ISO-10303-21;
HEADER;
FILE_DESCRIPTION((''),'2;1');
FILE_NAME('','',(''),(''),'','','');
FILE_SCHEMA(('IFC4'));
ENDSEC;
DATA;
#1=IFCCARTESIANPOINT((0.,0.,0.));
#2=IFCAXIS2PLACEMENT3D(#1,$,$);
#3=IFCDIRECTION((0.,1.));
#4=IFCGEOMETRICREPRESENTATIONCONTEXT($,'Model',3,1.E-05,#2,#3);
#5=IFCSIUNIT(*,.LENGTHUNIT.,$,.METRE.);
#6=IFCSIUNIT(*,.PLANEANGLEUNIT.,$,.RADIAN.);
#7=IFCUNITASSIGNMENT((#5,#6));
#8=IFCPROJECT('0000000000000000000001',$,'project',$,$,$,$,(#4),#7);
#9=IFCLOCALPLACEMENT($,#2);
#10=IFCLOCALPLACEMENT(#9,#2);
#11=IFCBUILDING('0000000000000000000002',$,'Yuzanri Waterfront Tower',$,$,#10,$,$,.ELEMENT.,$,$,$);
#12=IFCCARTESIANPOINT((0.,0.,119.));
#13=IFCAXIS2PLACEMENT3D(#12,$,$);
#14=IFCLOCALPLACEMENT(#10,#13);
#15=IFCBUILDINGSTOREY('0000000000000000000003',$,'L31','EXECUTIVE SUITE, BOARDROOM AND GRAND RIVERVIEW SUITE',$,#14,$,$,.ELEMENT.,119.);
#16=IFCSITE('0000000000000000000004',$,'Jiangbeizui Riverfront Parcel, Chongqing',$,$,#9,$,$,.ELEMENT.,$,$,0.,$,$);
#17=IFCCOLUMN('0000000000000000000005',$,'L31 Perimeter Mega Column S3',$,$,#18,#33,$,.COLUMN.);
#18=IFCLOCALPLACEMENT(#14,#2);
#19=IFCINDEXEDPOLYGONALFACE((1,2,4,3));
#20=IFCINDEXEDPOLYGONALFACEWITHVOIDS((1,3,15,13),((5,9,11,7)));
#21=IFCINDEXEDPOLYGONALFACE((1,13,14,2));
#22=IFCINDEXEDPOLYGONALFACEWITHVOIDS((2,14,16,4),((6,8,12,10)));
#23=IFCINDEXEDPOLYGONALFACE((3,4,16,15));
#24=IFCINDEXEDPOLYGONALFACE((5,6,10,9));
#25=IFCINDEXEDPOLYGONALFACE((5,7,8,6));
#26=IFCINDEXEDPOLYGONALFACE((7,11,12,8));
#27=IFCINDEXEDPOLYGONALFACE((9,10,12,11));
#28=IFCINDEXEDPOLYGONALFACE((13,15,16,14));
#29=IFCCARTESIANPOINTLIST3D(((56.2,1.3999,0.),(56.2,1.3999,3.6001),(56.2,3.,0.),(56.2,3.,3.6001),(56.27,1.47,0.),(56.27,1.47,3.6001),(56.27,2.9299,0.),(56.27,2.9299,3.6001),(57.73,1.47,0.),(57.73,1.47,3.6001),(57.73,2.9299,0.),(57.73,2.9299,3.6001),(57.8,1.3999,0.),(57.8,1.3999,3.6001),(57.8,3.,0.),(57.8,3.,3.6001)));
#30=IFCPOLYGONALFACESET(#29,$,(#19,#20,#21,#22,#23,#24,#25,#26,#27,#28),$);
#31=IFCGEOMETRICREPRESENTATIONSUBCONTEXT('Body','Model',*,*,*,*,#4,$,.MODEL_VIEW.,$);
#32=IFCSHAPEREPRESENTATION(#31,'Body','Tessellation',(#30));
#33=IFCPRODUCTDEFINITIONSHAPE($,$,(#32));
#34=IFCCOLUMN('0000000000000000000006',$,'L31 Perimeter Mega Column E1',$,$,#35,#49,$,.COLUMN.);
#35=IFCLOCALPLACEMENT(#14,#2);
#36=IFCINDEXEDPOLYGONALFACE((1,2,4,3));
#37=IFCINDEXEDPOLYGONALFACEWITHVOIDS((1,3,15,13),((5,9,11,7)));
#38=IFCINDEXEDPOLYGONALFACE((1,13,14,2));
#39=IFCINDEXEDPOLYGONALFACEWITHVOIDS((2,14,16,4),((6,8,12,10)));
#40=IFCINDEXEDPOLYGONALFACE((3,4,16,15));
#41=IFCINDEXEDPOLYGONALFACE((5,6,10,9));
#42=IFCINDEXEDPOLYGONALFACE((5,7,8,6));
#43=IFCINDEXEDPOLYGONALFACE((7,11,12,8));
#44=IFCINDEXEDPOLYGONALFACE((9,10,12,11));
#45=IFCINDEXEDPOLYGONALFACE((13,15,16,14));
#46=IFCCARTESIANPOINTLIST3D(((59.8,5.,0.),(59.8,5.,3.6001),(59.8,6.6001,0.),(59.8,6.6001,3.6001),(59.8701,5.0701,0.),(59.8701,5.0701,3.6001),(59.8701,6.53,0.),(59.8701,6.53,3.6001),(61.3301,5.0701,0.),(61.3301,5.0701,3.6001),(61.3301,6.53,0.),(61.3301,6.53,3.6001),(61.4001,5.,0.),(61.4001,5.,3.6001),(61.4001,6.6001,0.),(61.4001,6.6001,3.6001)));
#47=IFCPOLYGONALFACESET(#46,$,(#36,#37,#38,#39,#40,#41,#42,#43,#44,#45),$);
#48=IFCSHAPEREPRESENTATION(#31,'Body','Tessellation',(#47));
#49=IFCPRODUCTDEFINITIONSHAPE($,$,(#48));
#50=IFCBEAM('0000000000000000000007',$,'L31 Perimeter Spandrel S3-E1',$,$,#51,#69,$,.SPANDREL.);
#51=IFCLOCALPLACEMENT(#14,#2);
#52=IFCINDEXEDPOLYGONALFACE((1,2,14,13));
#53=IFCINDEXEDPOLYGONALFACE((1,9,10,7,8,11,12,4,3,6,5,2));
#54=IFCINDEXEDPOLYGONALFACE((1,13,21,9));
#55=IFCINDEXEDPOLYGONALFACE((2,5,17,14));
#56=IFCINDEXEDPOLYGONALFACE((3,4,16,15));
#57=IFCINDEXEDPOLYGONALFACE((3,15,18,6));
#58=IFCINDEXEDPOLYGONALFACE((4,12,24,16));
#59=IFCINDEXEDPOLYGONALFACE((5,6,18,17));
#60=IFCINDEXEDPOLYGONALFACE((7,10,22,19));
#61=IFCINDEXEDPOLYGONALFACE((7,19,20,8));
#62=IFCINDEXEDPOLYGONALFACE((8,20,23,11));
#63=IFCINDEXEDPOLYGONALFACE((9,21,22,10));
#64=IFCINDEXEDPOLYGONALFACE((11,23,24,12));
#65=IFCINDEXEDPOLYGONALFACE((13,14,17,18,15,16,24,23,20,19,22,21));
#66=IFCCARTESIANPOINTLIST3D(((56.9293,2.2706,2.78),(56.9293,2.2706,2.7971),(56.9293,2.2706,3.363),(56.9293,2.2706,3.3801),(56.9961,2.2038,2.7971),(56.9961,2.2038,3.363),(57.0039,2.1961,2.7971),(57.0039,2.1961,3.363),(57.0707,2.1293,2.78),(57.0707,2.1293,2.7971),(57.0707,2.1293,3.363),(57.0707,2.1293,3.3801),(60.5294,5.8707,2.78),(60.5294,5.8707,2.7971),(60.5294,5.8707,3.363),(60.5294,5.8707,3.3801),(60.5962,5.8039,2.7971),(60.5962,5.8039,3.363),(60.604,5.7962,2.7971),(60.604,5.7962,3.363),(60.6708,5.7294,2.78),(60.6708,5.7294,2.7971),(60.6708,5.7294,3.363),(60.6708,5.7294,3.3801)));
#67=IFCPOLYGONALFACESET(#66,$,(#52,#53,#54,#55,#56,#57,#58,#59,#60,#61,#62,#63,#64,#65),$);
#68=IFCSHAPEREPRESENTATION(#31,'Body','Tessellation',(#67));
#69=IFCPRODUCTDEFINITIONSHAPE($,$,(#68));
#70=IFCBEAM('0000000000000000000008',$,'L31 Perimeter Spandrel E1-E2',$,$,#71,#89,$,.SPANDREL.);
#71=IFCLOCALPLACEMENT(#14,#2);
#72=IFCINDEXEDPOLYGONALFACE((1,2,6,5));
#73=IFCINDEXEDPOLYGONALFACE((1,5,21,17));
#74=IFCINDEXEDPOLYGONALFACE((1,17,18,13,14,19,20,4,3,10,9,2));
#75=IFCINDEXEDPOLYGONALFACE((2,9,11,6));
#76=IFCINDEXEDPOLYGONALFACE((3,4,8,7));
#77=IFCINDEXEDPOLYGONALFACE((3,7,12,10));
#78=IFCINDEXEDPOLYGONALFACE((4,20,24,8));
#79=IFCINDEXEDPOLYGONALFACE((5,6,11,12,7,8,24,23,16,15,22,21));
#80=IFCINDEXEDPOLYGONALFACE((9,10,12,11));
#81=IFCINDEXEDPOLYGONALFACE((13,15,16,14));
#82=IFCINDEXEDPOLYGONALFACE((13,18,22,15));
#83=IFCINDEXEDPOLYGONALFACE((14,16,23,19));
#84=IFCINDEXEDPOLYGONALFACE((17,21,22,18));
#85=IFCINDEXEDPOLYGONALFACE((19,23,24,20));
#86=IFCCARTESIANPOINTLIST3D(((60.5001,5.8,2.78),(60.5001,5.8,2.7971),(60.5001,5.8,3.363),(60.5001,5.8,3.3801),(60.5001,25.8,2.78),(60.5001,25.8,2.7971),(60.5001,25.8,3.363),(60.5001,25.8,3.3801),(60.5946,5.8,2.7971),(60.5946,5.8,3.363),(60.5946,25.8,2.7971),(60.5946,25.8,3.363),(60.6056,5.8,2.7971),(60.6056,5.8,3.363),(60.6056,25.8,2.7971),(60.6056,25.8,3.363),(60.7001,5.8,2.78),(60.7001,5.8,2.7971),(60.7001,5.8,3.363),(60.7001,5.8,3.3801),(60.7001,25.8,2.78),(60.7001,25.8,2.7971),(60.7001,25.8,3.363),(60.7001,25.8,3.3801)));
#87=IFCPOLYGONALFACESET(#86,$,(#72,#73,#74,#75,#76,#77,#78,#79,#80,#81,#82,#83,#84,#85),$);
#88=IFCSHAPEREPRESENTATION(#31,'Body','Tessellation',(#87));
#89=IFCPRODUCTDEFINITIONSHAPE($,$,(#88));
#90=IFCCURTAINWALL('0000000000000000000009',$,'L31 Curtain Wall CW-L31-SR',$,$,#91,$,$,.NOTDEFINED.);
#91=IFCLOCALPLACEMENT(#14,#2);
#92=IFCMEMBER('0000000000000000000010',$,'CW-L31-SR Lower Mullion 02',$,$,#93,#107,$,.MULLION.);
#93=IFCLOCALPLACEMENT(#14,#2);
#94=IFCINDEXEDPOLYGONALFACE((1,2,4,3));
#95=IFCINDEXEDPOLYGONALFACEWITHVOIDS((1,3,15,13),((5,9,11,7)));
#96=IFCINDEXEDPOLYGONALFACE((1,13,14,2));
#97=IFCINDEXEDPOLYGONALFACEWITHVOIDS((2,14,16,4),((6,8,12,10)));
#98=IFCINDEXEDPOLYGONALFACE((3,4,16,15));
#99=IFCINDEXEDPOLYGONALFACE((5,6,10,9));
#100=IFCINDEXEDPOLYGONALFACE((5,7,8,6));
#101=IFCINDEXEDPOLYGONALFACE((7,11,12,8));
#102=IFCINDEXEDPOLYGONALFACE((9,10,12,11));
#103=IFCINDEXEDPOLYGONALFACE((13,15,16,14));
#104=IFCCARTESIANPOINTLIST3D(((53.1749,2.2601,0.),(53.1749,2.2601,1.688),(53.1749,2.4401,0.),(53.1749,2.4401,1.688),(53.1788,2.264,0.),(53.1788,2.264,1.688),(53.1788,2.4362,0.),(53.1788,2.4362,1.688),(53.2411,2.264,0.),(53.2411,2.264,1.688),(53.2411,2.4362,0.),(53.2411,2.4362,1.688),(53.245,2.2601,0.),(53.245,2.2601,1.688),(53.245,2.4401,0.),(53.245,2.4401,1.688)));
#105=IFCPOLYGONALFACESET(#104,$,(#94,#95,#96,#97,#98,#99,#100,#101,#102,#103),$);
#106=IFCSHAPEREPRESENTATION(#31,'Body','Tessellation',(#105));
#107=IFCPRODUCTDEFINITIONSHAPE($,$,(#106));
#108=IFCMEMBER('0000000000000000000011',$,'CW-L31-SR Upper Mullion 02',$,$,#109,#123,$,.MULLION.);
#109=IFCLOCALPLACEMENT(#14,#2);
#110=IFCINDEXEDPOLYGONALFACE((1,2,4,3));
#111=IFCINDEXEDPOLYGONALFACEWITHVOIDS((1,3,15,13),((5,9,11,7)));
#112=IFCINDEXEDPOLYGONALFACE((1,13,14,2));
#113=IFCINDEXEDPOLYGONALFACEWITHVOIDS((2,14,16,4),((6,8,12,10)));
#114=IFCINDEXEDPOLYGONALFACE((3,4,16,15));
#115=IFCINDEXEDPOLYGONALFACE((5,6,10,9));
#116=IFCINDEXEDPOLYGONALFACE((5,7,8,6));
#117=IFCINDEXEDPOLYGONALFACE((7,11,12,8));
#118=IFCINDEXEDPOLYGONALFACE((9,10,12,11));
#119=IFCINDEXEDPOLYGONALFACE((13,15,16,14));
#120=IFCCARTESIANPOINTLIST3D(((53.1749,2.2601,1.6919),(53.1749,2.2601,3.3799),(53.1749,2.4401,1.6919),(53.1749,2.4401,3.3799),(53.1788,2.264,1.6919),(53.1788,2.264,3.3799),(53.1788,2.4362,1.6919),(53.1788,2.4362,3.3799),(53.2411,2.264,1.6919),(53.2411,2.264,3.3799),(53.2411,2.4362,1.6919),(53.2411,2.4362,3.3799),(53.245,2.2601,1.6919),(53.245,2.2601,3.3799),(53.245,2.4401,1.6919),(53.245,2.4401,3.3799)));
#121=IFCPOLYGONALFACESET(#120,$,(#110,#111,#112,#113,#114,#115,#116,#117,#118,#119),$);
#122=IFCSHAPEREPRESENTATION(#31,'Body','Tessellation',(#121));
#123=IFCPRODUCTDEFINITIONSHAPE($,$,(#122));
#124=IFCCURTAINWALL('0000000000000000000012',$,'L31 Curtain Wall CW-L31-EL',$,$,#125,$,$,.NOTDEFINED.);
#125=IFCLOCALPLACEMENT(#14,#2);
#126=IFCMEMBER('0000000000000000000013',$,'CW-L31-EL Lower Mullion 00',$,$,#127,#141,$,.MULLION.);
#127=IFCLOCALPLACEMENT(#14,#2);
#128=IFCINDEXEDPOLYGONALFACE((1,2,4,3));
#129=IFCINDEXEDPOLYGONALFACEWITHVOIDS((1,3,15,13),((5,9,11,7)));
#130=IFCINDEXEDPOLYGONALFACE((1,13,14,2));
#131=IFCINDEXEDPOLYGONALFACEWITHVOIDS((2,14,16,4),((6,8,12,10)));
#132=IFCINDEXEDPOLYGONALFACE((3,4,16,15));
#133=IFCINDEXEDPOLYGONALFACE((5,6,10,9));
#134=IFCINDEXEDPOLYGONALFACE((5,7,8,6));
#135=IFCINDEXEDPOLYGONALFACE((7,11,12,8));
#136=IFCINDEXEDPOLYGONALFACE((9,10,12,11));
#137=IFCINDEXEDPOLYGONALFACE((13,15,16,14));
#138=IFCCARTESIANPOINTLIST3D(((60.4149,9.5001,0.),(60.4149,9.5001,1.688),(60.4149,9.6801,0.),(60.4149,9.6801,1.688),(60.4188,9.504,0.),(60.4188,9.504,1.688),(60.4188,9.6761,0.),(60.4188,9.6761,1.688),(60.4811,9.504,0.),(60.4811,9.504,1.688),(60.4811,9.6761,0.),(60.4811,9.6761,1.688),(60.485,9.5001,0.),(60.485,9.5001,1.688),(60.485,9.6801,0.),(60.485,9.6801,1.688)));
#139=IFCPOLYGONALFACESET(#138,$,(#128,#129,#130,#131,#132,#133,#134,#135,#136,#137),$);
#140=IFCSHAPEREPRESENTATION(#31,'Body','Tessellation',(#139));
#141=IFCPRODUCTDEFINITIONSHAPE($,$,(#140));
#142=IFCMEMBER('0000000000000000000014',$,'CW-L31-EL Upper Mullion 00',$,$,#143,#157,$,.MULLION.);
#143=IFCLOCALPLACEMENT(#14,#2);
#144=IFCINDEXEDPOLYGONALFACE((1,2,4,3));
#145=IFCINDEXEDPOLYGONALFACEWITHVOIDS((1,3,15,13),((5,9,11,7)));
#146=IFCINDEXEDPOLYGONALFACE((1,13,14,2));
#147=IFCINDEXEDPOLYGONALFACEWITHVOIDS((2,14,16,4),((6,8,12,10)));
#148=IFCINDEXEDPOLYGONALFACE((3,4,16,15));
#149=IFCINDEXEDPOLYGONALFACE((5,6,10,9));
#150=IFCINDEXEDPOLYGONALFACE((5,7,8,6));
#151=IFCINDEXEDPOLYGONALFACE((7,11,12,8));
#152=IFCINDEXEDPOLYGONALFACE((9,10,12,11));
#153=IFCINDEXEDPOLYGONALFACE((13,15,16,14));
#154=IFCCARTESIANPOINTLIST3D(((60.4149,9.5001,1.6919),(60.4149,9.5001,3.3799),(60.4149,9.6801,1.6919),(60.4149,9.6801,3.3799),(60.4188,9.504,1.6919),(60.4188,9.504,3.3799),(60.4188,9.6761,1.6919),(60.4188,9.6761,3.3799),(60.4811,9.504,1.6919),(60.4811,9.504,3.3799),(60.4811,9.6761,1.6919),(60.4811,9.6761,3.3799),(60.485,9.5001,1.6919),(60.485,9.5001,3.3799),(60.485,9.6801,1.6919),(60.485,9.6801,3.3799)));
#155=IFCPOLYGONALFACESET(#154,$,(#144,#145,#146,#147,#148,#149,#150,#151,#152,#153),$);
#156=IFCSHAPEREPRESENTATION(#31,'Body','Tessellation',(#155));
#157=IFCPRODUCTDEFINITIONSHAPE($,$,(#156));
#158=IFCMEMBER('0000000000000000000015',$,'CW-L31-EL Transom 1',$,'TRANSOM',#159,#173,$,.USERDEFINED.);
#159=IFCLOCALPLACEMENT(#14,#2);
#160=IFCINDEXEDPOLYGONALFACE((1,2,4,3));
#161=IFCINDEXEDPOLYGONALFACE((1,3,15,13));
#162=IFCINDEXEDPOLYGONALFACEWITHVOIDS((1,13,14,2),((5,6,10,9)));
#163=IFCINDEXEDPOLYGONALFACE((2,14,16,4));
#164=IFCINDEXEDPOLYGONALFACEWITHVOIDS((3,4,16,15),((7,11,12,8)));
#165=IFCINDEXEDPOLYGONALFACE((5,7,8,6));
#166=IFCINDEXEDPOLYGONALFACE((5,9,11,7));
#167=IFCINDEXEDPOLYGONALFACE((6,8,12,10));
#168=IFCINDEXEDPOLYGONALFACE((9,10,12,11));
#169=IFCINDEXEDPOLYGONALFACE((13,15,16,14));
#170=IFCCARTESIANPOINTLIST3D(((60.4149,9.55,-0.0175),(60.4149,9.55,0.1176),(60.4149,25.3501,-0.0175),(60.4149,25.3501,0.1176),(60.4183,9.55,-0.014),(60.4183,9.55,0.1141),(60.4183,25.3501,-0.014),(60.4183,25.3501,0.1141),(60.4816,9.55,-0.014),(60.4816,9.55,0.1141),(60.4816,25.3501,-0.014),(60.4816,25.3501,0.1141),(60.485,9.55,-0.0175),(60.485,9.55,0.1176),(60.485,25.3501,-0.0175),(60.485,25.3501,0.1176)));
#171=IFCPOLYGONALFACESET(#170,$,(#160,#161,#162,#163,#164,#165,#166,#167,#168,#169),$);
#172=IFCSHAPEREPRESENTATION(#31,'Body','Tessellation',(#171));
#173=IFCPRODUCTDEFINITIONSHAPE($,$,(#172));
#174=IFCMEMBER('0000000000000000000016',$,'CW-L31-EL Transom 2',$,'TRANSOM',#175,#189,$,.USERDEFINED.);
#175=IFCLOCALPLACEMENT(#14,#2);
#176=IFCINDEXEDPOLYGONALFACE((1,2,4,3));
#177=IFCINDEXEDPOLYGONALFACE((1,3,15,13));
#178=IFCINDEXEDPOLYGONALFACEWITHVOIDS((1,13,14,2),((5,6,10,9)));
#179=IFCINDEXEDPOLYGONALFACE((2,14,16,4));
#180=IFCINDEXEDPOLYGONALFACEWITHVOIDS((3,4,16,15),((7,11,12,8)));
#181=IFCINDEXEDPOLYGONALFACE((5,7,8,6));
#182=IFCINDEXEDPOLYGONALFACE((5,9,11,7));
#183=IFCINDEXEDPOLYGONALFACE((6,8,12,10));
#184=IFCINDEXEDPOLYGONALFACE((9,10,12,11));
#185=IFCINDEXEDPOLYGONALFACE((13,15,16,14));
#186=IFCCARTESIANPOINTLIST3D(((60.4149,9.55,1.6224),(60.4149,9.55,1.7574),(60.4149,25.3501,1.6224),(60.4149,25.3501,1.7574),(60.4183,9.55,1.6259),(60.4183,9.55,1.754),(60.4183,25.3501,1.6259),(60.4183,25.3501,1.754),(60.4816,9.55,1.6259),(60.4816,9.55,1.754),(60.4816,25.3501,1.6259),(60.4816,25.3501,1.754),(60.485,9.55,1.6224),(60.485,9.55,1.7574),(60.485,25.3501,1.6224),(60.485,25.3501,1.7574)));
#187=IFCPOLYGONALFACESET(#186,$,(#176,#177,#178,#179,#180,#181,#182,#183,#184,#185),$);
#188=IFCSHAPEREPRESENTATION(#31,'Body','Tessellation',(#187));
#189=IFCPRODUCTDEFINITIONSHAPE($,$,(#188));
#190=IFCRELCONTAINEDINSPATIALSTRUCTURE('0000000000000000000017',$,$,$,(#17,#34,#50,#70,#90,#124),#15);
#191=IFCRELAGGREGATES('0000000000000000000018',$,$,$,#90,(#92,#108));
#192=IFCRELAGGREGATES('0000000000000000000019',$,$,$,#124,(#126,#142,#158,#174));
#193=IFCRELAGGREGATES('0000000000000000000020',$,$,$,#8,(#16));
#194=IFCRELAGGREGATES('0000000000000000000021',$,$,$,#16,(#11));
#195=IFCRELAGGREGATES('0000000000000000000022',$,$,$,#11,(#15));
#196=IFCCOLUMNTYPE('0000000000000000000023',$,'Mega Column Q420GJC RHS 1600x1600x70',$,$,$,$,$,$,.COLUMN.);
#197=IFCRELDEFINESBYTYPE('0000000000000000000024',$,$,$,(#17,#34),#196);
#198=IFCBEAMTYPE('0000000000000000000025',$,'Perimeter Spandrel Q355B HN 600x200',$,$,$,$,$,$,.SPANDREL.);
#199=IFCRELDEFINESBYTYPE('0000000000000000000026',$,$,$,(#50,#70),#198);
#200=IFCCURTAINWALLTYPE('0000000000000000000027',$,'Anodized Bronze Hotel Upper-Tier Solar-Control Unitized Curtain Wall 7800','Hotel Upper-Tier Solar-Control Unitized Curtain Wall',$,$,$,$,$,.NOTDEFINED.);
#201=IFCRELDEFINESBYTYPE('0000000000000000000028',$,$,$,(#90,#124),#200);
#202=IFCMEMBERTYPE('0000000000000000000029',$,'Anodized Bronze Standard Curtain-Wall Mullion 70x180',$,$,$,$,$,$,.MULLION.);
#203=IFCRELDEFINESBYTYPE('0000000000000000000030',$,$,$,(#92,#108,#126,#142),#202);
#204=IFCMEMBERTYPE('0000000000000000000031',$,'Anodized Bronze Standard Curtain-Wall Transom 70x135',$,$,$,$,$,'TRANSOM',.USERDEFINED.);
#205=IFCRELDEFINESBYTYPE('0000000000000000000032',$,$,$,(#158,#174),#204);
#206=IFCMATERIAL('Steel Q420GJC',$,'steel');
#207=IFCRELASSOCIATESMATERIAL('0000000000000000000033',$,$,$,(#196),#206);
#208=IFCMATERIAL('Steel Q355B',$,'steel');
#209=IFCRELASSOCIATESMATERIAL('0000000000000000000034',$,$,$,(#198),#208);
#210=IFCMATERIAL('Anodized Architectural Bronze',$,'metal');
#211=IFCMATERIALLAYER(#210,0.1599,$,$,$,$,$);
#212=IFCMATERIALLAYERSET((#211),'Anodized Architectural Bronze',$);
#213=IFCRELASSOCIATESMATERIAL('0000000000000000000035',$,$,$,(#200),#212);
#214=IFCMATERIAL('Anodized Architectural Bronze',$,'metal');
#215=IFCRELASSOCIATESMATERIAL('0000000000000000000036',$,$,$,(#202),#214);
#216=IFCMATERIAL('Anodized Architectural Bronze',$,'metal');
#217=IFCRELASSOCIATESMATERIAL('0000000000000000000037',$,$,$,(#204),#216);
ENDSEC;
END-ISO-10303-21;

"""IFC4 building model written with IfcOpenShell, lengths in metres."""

from ifc_helpers import new_model, si_unit, direction, frame, origin, origin_2d, place, context, subcontext, project, spatial, hollow_rectangle, i_section, extrude, source, transform, mapped, material, layer, layer_set, material_profile, profile_set, type_object, element, aggregate, save


model = new_model("IFC4")

# Units and contexts
model_context = context("Model", 3, precision=1e-05, world=origin(), true_north=direction((0.0, 1.0)))
body_context = subcontext(model_context, "Body", "Model", "MODEL_VIEW")
ifc_project = project(units=[si_unit("LENGTHUNIT", "METRE"), si_unit("PLANEANGLEUNIT", "RADIAN")], contexts=[model_context])

# Site, building, storey
site_placement = place(None, origin())
site = spatial("IfcSite", under=ifc_project, at=site_placement, Name="Jiangbeizui Riverfront Parcel, Chongqing", CompositionType="ELEMENT", RefElevation=0.0)
building_placement = place(site_placement, origin())
building = spatial("IfcBuilding", under=site, at=building_placement, Name="Yuzanri Waterfront Tower", CompositionType="ELEMENT")
storey_placement = place(building_placement, frame((0.0, 0.0, 119.0)))
storey = spatial("IfcBuildingStorey", under=building, at=storey_placement, Name="L31", Description="EXECUTIVE SUITE, BOARDROOM AND GRAND RIVERVIEW SUITE", CompositionType="ELEMENT", Elevation=119.0)

# Columns
ifc_material_1 = material(Name="Steel Q420GJC", Category="steel")
ifc_material_profile_1 = material_profile(ifc_material_1, hollow_rectangle(XDim=1.6001, YDim=1.6001, WallThickness=0.0701, at=origin_2d()), Name="RHS 1600x1600x70")
ifc_profile_set_1 = profile_set([ifc_material_profile_1], Name="Steel Q420GJC")
column_type = type_object("IfcColumnType", Name="Mega Column Q420GJC RHS 1600x1600x70", PredefinedType="COLUMN", material=ifc_profile_set_1)
shared_shape_1 = source(origin(), body_context, "Body", "SweptSolid", [
    extrude(hollow_rectangle(XDim=1.6001, YDim=1.6001, WallThickness=0.0701, at=origin_2d()), origin(), (0.0, 0.0, 1.0), 3.6001),
])
for number, where, z_axis, x_axis, name in (
    (1, (57.0, 2.2, 0.0), (0.0, 0.0, 1.0), (1.0, 0.0, 0.0), "L31 Perimeter Mega Column S3"),
    (2, (60.6001, 5.8, 0.0), (0.0, 0.0, 1.0), (1.0, 0.0, 0.0), "L31 Perimeter Mega Column E1"),
):
    element("IfcColumn", number, at=place(storey_placement, frame(where, z_axis=z_axis, x_axis=x_axis)), inside=storey, type_object=column_type, Name=name, PredefinedType="COLUMN", context=body_context, shape_type="MappedRepresentation", body=[
        mapped(shared_shape_1, transform((0.0, 0.0, 0.0), scale=1.0)),
    ])

# Beams
ifc_material_2 = material(Name="Steel Q355B", Category="steel")
ifc_material_profile_2 = material_profile(ifc_material_2, i_section(OverallWidth=0.2, OverallDepth=0.6001, WebThickness=0.011, FlangeThickness=0.0171, at=origin_2d()), Name="HN 600x200x11x17")
ifc_profile_set_2 = profile_set([ifc_material_profile_2], Name="Steel Q355B")
beam_type = type_object("IfcBeamType", Name="Perimeter Spandrel Q355B HN 600x200", PredefinedType="SPANDREL", material=ifc_profile_set_2)
shared_shape_2 = source(origin(), body_context, "Body", "SweptSolid", [
    extrude(i_section(OverallWidth=0.2, OverallDepth=0.6001, WebThickness=0.011, FlangeThickness=0.0171, at=origin_2d()), origin(), (0.0, 0.0, 1.0), 5.0913),
])
beam_1_placement = place(storey_placement, frame((57.0, 2.2, 3.0801), z_axis=(0.707107, 0.707107, 0.0), x_axis=(-0.707107, 0.707107, 0.0)))
element("IfcBeam", 3, at=beam_1_placement, inside=storey, type_object=beam_type, Name="L31 Perimeter Spandrel S3-E1", PredefinedType="SPANDREL", context=body_context, shape_type="MappedRepresentation", body=[
    mapped(shared_shape_2, transform((0.0, 0.0, 0.0), scale=1.0)),
])
shared_shape_3 = source(origin(), body_context, "Body", "SweptSolid", [
    extrude(i_section(OverallWidth=0.2, OverallDepth=0.6001, WebThickness=0.011, FlangeThickness=0.0171, at=origin_2d()), origin(), (0.0, 0.0, 1.0), 20.0),
])
beam_2_placement = place(storey_placement, frame((60.6001, 5.8, 3.0801), z_axis=(0.0, 1.0, 0.0), x_axis=(-1.0, 0.0, 0.0)))
element("IfcBeam", 4, at=beam_2_placement, inside=storey, type_object=beam_type, Name="L31 Perimeter Spandrel E1-E2", PredefinedType="SPANDREL", context=body_context, shape_type="MappedRepresentation", body=[
    mapped(shared_shape_3, transform((0.0, 0.0, 0.0), scale=1.0)),
])

# Curtain walls, members
ifc_material_3 = material(Name="Anodized Architectural Bronze", Category="metal")
ifc_layer_1 = layer(ifc_material_3, 0.1599)
ifc_layer_set_1 = layer_set([ifc_layer_1], Name="Anodized Architectural Bronze")
curtain_wall_type = type_object("IfcCurtainWallType", Name="Anodized Bronze Hotel Upper-Tier Solar-Control Unitized Curtain Wall 7800", Description="Hotel Upper-Tier Solar-Control Unitized Curtain Wall", PredefinedType="NOTDEFINED", material=ifc_layer_set_1)
curtain_wall_1_placement = place(storey_placement, origin())
curtain_wall_1 = element("IfcCurtainWall", 5, at=curtain_wall_1_placement, inside=storey, type_object=curtain_wall_type, Name="L31 Curtain Wall CW-L31-SR", PredefinedType="NOTDEFINED")
ifc_material_4 = material(Name="Anodized Architectural Bronze", Category="metal")
ifc_material_profile_3 = material_profile(ifc_material_4, hollow_rectangle(XDim=0.0701, YDim=0.1799, WallThickness=0.0039, at=origin_2d()), Name="CWM 70x180")
ifc_profile_set_3 = profile_set([ifc_material_profile_3], Name="Anodized Architectural Bronze")
member_type_1 = type_object("IfcMemberType", Name="Anodized Bronze Standard Curtain-Wall Mullion 70x180", PredefinedType="MULLION", material=ifc_profile_set_3)
shared_shape_4 = source(origin(), body_context, "Body", "SweptSolid", [
    extrude(hollow_rectangle(XDim=0.0701, YDim=0.1799, WallThickness=0.0039, at=origin_2d()), origin(), (0.0, 0.0, 1.0), 1.688),
])
member_1_placement = place(storey_placement, frame((53.21, 2.3501, 0.0), z_axis=(0.0, 0.0, 1.0), x_axis=(1.0, 0.0, 0.0)))
member_1 = element("IfcMember", 6, at=member_1_placement, type_object=member_type_1, Name="CW-L31-SR Lower Mullion 02", PredefinedType="MULLION", context=body_context, shape_type="MappedRepresentation", body=[
    mapped(shared_shape_4, transform((0.0, 0.0, 0.0), scale=1.0)),
])
member_2_placement = place(storey_placement, frame((53.21, 2.3501, 1.6919), z_axis=(0.0, 0.0, 1.0), x_axis=(1.0, 0.0, 0.0)))
member_2 = element("IfcMember", 7, at=member_2_placement, type_object=member_type_1, Name="CW-L31-SR Upper Mullion 02", PredefinedType="MULLION", context=body_context, shape_type="MappedRepresentation", body=[
    mapped(shared_shape_4, transform((0.0, 0.0, 0.0), scale=1.0)),
])
aggregate(curtain_wall_1, [member_1, member_2])
curtain_wall_2_placement = place(storey_placement, origin())
curtain_wall_2 = element("IfcCurtainWall", 8, at=curtain_wall_2_placement, inside=storey, type_object=curtain_wall_type, Name="L31 Curtain Wall CW-L31-EL", PredefinedType="NOTDEFINED")
member_3_placement = place(storey_placement, frame((60.45, 9.5901, 0.0), z_axis=(0.0, 0.0, 1.0), x_axis=(1.0, 0.0, 0.0)))
member_3 = element("IfcMember", 9, at=member_3_placement, type_object=member_type_1, Name="CW-L31-EL Lower Mullion 00", PredefinedType="MULLION", context=body_context, shape_type="MappedRepresentation", body=[
    mapped(shared_shape_4, transform((0.0, 0.0, 0.0), scale=1.0)),
])
member_4_placement = place(storey_placement, frame((60.45, 9.5901, 1.6919), z_axis=(0.0, 0.0, 1.0), x_axis=(1.0, 0.0, 0.0)))
member_4 = element("IfcMember", 10, at=member_4_placement, type_object=member_type_1, Name="CW-L31-EL Upper Mullion 00", PredefinedType="MULLION", context=body_context, shape_type="MappedRepresentation", body=[
    mapped(shared_shape_4, transform((0.0, 0.0, 0.0), scale=1.0)),
])
ifc_material_5 = material(Name="Anodized Architectural Bronze", Category="metal")
ifc_material_profile_4 = material_profile(ifc_material_5, hollow_rectangle(XDim=0.0701, YDim=0.135, WallThickness=0.0034, at=origin_2d()), Name="CWT 70x135")
ifc_profile_set_4 = profile_set([ifc_material_profile_4], Name="Anodized Architectural Bronze")
member_type_2 = type_object("IfcMemberType", Name="Anodized Bronze Standard Curtain-Wall Transom 70x135", ElementType="TRANSOM", PredefinedType="USERDEFINED", material=ifc_profile_set_4)
shared_shape_5 = source(origin(), body_context, "Body", "SweptSolid", [
    extrude(hollow_rectangle(XDim=0.0701, YDim=0.135, WallThickness=0.0034, at=origin_2d()), origin(), (0.0, 0.0, 1.0), 15.8),
])
member_5_placement = place(storey_placement, frame((60.45, 9.55, 0.05), z_axis=(0.0, 1.0, 0.0), x_axis=(-1.0, 0.0, 0.0)))
member_5 = element("IfcMember", 11, at=member_5_placement, type_object=member_type_2, Name="CW-L31-EL Transom 1", ObjectType="TRANSOM", PredefinedType="USERDEFINED", context=body_context, shape_type="MappedRepresentation", body=[
    mapped(shared_shape_5, transform((0.0, 0.0, 0.0), scale=1.0)),
])
member_6_placement = place(storey_placement, frame((60.45, 9.55, 1.6899), z_axis=(0.0, 1.0, 0.0), x_axis=(-1.0, 0.0, 0.0)))
member_6 = element("IfcMember", 12, at=member_6_placement, type_object=member_type_2, Name="CW-L31-EL Transom 2", ObjectType="TRANSOM", PredefinedType="USERDEFINED", context=body_context, shape_type="MappedRepresentation", body=[
    mapped(shared_shape_5, transform((0.0, 0.0, 0.0), scale=1.0)),
])

aggregate(curtain_wall_2, [member_3, member_4, member_5, member_6])

save(model, "model.ifc")
